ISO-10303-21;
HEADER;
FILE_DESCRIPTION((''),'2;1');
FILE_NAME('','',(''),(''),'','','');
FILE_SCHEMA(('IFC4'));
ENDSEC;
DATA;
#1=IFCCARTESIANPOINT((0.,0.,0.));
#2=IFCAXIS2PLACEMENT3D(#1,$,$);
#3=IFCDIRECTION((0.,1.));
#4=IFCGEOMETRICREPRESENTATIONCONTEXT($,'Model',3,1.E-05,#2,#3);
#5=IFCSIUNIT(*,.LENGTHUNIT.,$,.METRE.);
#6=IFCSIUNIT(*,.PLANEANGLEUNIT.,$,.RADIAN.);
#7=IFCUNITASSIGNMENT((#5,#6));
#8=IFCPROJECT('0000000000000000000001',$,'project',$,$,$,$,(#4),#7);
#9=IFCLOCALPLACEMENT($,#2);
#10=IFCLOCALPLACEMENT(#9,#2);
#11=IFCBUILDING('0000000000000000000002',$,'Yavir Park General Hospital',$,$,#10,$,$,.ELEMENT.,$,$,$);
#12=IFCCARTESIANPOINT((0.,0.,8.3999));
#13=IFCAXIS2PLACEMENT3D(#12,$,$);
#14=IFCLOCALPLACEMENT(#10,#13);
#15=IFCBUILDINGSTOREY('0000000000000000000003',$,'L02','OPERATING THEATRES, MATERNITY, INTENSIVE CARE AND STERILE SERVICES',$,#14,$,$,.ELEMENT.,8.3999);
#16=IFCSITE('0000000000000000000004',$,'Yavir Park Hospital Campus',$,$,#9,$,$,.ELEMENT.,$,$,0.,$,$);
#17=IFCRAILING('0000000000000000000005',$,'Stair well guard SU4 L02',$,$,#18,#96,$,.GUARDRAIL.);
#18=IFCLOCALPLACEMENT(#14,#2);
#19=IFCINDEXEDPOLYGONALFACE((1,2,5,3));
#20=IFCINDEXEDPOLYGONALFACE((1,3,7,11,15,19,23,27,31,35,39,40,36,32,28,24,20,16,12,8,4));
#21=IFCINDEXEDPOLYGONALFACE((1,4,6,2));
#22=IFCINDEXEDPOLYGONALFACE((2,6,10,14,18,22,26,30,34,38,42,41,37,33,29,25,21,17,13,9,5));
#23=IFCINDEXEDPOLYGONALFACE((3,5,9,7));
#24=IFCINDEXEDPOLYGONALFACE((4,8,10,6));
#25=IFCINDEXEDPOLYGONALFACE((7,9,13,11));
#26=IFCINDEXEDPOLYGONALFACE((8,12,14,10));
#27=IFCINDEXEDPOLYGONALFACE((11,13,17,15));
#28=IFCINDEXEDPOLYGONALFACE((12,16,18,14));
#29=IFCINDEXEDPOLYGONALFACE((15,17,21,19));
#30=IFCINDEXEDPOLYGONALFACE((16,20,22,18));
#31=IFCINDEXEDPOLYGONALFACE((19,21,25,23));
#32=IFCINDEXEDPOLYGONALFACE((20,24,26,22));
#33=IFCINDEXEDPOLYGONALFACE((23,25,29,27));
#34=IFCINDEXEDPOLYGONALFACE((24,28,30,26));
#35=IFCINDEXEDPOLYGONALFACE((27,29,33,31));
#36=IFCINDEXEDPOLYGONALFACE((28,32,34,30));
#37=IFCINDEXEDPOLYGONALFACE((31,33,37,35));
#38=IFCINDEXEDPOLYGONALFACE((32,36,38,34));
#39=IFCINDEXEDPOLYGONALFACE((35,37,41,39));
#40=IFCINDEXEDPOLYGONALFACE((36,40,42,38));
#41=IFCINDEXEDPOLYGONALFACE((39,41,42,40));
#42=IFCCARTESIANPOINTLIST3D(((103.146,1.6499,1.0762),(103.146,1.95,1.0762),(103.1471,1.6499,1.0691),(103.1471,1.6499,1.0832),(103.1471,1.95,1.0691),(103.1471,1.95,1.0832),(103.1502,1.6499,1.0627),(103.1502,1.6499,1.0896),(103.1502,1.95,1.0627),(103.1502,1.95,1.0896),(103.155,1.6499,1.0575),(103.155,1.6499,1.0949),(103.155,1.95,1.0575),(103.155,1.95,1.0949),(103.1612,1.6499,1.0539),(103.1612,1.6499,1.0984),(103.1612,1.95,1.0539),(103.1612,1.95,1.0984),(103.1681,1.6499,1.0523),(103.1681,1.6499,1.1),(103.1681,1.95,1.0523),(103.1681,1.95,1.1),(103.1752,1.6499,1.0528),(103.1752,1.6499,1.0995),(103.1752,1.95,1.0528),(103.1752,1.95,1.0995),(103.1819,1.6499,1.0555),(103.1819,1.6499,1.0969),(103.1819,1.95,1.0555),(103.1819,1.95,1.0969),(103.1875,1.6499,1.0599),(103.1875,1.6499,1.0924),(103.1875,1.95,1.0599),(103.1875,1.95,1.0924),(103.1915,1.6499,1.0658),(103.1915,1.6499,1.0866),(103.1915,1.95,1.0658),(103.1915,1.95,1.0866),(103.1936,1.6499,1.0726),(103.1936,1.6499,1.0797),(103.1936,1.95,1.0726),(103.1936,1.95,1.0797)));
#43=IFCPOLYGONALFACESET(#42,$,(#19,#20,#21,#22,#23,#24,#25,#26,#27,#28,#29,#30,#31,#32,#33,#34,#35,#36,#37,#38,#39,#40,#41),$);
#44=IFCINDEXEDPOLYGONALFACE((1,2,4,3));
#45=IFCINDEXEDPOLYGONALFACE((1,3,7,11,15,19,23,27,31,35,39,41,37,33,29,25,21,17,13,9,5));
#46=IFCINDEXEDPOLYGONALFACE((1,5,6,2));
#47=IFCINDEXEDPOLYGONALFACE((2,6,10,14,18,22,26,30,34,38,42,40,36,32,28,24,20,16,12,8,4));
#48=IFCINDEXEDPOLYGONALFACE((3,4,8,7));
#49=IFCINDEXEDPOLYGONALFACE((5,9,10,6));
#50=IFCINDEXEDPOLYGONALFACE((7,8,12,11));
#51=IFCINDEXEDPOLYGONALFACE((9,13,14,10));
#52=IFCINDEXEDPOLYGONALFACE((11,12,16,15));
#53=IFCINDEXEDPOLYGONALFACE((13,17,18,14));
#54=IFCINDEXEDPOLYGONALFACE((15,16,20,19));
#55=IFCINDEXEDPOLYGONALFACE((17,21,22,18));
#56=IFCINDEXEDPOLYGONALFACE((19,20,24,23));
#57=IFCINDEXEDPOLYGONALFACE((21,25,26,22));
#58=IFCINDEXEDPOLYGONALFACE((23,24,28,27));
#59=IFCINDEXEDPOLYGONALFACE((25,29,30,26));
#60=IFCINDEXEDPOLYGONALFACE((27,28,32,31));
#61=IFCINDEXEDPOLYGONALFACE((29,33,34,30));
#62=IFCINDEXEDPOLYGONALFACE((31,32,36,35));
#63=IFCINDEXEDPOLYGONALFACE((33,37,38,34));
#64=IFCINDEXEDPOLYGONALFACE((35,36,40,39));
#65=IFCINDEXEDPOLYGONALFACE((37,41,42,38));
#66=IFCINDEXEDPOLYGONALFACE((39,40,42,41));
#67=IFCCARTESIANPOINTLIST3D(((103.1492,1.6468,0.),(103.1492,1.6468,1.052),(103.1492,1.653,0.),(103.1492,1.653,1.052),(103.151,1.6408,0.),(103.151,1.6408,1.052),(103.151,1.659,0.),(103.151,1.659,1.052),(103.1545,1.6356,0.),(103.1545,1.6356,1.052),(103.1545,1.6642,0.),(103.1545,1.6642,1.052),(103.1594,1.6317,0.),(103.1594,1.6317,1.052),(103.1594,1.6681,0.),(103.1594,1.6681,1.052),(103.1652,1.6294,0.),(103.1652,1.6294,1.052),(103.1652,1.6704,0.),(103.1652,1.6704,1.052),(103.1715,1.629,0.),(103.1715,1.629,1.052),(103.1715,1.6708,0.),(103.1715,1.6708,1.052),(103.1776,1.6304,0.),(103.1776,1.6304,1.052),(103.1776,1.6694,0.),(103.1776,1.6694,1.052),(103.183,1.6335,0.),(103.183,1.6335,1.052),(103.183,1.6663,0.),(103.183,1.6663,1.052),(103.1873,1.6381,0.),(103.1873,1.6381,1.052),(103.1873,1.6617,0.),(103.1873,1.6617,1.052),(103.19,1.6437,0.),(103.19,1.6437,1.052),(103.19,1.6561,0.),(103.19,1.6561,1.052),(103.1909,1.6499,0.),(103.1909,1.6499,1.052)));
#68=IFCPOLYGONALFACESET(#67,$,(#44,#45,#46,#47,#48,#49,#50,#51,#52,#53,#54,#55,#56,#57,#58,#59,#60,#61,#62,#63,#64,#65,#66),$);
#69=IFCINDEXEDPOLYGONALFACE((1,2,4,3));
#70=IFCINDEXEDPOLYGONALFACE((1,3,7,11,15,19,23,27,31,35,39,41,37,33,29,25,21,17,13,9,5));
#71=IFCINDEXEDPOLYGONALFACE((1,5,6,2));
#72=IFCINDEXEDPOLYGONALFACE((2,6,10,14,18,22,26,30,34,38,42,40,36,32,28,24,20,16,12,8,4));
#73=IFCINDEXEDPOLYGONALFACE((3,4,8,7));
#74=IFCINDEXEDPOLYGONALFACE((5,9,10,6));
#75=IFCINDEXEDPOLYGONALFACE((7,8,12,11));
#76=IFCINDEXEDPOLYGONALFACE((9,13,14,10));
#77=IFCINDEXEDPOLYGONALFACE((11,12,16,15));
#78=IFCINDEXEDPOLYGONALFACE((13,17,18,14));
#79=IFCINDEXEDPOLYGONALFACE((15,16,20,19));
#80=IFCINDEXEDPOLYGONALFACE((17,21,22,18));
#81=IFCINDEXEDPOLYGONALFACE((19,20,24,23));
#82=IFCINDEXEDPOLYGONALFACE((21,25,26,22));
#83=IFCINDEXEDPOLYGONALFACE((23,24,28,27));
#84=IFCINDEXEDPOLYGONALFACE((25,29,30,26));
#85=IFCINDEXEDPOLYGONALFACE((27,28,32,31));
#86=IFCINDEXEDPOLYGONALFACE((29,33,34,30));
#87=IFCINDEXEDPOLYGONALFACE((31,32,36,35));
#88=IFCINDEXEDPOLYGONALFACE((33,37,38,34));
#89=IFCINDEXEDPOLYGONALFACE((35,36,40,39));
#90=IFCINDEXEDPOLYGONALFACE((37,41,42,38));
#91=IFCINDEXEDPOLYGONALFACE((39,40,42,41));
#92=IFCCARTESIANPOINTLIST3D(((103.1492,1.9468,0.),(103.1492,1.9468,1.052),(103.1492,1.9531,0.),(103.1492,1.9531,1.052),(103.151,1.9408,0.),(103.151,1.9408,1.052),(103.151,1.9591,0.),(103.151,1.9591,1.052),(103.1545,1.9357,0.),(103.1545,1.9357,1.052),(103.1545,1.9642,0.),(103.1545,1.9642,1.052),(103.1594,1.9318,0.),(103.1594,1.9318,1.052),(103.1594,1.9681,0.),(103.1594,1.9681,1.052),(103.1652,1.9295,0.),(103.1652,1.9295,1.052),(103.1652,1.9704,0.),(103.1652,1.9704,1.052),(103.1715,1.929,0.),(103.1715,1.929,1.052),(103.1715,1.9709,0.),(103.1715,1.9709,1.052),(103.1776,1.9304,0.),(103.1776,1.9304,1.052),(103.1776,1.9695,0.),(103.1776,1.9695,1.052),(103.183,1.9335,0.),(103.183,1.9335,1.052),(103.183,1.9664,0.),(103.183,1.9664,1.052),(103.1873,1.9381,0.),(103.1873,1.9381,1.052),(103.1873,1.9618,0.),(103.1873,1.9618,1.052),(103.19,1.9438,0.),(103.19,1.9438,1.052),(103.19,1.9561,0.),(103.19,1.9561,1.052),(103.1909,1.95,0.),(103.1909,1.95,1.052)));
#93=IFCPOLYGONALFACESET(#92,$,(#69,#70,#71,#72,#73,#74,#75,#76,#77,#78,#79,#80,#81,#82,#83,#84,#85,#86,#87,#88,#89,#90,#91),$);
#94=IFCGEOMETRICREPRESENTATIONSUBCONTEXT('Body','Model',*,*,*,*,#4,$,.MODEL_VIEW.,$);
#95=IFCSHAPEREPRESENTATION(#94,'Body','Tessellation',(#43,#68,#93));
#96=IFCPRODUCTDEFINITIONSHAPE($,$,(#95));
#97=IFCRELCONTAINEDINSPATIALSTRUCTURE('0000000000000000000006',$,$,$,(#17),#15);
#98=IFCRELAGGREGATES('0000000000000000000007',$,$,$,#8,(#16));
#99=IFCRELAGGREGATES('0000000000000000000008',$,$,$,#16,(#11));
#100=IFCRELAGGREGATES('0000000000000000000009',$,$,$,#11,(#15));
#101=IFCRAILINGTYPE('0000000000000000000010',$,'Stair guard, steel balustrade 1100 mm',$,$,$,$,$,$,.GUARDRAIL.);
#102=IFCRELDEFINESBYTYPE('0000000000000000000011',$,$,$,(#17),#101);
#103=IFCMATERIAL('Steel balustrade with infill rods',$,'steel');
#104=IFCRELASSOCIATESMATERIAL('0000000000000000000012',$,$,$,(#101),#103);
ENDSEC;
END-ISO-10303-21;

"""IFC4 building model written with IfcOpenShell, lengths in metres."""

from ifc_helpers import new_model, si_unit, direction, frame, origin, origin_2d, place, context, subcontext, project, spatial, circle, extrude, material, type_object, element, save


model = new_model("IFC4")

# Units and contexts
model_context = context("Model", 3, precision=1e-05, world=origin(), true_north=direction((0.0, 1.0)))
body_context = subcontext(model_context, "Body", "Model", "MODEL_VIEW")
ifc_project = project(units=[si_unit("LENGTHUNIT", "METRE"), si_unit("PLANEANGLEUNIT", "RADIAN")], contexts=[model_context])

# Site, building, storey
site_placement = place(None, origin())
site = spatial("IfcSite", under=ifc_project, at=site_placement, Name="Yavir Park Hospital Campus", CompositionType="ELEMENT", RefElevation=0.0)
building_placement = place(site_placement, origin())
building = spatial("IfcBuilding", under=site, at=building_placement, Name="Yavir Park General Hospital", CompositionType="ELEMENT")
storey_placement = place(building_placement, frame((0.0, 0.0, 8.3999)))
storey = spatial("IfcBuildingStorey", under=building, at=storey_placement, Name="L02", Description="OPERATING THEATRES, MATERNITY, INTENSIVE CARE AND STERILE SERVICES", CompositionType="ELEMENT", Elevation=8.3999)

# Railing
ifc_material_1 = material(Name="Steel balustrade with infill rods", Category="steel")
railing_type_1 = type_object("IfcRailingType", Name="Stair guard, steel balustrade 1100 mm", PredefinedType="GUARDRAIL", material=ifc_material_1)
railing_placement = place(storey_placement, frame((103.1699, 1.6499, 0.0)))
element("IfcRailing", 1, at=railing_placement, inside=storey, type_object=railing_type_1, Name="Stair well guard SU4 L02", PredefinedType="GUARDRAIL", context=body_context, shape_type="SweptSolid", body=[
    extrude(circle(Radius=0.0239, at=origin_2d()), frame((0.0, 0.0, 1.0762), z_axis=(0.0, 1.0, 0.0), x_axis=(-1.0, 0.0, 0.0)), (0.0, 0.0, 1.0), 0.3),
    extrude(circle(Radius=0.021, at=origin_2d()), origin(), (0.0, 0.0, 1.0), 1.052),
    extrude(circle(Radius=0.021, at=origin_2d()), frame((0.0, 0.3, 0.0)), (0.0, 0.0, 1.0), 1.052),
])

save(model, "model.ifc")
